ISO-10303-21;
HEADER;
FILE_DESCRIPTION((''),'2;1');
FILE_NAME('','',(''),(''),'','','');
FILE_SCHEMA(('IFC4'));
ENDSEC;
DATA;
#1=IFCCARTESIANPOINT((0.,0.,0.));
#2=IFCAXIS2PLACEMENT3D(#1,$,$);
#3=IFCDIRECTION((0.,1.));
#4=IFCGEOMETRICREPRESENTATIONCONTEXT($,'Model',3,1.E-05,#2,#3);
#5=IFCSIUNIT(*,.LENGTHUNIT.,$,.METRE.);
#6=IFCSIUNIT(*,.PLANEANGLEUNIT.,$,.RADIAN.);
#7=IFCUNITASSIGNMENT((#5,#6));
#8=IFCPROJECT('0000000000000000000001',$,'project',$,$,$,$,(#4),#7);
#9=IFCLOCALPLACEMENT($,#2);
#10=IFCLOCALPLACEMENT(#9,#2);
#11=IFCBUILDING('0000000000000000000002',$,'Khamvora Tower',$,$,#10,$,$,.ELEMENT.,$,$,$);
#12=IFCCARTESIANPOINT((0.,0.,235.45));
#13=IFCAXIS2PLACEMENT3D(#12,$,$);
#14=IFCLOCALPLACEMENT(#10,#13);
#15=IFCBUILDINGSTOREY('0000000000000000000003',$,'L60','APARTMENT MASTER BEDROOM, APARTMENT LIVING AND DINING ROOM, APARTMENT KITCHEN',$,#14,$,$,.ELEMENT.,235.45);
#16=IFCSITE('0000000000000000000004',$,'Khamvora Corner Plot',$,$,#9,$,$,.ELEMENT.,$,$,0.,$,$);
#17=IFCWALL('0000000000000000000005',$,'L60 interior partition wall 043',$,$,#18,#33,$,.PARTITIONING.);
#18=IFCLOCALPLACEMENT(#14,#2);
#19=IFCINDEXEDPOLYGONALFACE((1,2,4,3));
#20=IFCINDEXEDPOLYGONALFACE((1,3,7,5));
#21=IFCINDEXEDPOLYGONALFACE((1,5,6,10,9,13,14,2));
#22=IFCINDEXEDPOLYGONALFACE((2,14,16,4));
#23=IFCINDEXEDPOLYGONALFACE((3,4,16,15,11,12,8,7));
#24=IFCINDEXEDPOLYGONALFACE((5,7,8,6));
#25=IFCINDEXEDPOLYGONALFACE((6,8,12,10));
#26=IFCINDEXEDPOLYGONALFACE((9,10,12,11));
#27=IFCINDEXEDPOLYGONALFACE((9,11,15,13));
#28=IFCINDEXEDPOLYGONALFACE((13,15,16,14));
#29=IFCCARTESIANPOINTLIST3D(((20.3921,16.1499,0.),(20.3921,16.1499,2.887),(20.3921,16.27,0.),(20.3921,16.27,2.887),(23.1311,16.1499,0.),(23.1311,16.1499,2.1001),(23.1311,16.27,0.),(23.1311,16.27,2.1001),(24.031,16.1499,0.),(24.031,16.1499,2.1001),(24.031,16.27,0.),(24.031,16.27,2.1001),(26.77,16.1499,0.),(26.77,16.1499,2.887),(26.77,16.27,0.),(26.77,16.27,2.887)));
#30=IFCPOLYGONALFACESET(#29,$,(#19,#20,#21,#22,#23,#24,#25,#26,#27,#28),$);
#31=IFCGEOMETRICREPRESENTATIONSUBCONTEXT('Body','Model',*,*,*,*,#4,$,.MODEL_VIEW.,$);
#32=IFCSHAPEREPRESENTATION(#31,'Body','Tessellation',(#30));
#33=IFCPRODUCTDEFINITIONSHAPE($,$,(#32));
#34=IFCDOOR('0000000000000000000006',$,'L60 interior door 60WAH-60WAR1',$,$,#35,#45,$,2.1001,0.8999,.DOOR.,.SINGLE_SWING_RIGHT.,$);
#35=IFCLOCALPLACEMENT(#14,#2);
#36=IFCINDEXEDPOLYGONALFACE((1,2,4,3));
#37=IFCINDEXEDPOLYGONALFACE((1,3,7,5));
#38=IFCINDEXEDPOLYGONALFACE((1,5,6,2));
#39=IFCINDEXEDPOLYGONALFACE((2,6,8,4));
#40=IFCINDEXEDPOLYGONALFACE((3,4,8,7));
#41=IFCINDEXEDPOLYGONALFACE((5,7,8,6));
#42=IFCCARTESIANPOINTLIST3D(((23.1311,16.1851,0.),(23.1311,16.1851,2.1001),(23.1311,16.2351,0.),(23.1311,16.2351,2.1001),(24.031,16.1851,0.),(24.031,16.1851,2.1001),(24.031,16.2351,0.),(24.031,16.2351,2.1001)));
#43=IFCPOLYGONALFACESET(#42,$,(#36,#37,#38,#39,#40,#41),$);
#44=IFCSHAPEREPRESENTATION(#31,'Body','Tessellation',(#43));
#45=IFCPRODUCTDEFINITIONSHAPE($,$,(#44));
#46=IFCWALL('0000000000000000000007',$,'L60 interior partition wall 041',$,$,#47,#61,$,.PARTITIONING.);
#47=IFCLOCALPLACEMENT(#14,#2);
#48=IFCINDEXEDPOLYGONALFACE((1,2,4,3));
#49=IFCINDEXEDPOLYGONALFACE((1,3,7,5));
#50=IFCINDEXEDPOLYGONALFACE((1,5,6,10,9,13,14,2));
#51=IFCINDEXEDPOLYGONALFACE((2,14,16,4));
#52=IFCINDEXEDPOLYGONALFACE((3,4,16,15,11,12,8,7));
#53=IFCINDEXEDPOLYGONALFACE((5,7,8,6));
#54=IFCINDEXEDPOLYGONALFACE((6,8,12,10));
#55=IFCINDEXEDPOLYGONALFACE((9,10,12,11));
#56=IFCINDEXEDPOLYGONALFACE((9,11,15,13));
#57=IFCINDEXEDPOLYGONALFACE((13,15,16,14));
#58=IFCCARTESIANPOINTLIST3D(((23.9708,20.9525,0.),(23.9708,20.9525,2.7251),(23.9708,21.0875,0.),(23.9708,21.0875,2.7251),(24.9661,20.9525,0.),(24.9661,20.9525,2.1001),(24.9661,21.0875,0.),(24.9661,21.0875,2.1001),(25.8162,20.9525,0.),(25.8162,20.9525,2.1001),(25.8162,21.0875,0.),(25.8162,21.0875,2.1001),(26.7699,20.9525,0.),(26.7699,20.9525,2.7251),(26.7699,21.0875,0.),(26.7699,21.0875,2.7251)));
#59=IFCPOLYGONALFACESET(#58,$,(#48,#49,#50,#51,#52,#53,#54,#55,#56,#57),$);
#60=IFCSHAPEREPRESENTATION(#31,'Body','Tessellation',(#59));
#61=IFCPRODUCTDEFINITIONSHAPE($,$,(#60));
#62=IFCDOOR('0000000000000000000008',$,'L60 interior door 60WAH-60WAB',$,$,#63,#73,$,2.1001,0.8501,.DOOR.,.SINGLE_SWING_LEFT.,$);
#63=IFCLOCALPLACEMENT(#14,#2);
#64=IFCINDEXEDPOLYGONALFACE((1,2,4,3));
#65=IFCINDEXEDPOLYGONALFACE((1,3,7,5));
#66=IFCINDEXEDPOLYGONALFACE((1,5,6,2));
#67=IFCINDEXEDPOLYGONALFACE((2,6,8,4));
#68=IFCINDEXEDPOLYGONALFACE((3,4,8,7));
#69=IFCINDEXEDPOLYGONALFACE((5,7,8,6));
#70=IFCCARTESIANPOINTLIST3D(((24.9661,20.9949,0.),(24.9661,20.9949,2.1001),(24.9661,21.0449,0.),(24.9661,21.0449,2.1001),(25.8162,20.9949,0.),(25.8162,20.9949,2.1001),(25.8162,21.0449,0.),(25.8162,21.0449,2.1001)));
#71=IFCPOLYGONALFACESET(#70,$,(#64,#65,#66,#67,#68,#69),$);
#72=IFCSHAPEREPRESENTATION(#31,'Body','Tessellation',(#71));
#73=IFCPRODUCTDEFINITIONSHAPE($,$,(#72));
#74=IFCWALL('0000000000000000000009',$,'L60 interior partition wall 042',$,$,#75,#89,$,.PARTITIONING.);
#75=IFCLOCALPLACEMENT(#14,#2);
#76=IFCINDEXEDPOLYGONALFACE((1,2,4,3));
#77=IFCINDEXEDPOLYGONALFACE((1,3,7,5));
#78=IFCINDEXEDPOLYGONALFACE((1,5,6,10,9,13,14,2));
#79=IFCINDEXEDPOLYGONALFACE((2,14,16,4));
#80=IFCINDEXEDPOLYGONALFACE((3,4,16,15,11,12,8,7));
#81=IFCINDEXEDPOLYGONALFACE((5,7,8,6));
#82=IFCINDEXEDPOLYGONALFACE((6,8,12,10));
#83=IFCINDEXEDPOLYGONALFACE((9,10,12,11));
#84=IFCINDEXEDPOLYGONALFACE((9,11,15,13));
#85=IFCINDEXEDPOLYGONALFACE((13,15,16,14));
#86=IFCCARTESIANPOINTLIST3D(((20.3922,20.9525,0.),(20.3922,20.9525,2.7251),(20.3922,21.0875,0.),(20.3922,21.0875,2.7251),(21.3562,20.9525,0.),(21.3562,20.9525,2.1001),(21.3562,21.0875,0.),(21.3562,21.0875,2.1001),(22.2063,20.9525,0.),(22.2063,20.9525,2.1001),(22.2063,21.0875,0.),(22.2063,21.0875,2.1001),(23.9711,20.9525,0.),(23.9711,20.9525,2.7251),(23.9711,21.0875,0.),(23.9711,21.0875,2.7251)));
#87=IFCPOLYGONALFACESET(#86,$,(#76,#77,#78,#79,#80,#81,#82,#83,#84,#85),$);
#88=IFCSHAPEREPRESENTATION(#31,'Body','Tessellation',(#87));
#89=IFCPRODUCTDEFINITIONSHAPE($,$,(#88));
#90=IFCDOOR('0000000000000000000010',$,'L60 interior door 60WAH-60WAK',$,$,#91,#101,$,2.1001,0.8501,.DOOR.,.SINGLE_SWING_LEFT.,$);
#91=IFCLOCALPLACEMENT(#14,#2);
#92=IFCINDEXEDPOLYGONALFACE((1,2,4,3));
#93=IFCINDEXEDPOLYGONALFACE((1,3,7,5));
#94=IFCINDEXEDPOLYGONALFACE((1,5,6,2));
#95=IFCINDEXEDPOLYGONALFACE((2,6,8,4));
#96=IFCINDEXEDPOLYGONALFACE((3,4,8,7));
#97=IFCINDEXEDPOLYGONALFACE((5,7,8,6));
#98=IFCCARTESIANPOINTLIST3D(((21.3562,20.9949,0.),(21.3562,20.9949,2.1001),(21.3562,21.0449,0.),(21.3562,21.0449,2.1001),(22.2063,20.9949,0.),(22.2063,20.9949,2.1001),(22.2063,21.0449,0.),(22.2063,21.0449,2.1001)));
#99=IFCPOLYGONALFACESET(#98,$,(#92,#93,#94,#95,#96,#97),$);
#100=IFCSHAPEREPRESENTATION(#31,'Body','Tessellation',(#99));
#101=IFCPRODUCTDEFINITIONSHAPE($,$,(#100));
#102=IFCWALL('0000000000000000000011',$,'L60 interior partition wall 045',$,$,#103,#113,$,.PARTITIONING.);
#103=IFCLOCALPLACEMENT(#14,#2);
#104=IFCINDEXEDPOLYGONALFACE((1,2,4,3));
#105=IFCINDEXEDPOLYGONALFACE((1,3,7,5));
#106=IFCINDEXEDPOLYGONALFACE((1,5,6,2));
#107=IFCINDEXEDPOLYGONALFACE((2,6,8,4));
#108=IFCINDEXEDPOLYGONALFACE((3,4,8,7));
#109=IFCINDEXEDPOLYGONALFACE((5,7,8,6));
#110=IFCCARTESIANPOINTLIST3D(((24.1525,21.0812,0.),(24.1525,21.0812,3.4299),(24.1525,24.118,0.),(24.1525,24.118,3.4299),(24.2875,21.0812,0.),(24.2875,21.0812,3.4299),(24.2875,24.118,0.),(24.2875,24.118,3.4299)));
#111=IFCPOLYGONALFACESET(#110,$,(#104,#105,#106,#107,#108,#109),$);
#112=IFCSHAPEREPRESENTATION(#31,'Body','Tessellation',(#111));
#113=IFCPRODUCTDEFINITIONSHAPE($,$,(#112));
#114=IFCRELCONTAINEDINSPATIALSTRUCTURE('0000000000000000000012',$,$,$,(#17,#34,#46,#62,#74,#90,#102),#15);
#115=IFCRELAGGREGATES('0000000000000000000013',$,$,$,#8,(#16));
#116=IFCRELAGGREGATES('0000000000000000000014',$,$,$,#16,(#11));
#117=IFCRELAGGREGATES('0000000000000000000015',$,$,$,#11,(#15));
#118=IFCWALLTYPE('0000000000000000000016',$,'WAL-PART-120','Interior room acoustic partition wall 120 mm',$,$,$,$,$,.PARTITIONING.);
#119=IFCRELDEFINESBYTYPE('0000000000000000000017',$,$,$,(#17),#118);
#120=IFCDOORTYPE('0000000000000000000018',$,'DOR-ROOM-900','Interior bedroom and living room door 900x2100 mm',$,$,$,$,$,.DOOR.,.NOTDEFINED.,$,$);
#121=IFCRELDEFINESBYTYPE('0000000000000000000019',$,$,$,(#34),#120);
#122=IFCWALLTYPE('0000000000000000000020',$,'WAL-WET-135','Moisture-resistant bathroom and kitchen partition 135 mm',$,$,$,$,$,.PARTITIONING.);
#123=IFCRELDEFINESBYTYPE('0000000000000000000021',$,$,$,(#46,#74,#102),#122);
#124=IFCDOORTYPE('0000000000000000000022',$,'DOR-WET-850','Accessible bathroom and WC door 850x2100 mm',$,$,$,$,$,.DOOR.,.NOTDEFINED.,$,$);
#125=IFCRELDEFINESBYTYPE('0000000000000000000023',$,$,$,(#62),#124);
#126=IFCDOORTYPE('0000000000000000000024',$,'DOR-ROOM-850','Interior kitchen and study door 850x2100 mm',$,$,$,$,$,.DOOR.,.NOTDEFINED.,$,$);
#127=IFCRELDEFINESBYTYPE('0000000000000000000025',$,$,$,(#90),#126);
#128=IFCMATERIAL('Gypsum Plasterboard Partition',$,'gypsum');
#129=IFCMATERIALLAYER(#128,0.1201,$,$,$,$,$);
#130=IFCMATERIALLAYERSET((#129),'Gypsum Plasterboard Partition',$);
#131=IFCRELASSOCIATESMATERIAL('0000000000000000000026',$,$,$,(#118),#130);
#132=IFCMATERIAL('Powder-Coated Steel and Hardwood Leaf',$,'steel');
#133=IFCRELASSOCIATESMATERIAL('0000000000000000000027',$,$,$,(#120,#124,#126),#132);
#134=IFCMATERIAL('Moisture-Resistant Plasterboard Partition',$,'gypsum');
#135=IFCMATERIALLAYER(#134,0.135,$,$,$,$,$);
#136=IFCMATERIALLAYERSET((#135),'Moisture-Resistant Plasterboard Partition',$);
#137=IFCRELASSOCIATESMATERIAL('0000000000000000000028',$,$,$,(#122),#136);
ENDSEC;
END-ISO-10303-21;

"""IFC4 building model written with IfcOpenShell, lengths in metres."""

from ifc_helpers import new_model, si_unit, direction, frame, frame_2d, origin, place, context, subcontext, project, spatial, rectangle, extrude, material, layer, layer_set, type_object, element, fill, save


model = new_model("IFC4")

# Units and contexts
model_context = context("Model", 3, precision=1e-05, world=origin(), true_north=direction((0.0, 1.0)))
body_context = subcontext(model_context, "Body", "Model", "MODEL_VIEW")
ifc_project = project(units=[si_unit("LENGTHUNIT", "METRE"), si_unit("PLANEANGLEUNIT", "RADIAN")], contexts=[model_context])

# Site, building, storey
site_placement = place(None, origin())
site = spatial("IfcSite", under=ifc_project, at=site_placement, Name="Khamvora Corner Plot", CompositionType="ELEMENT", RefElevation=0.0)
building_placement = place(site_placement, origin())
building = spatial("IfcBuilding", under=site, at=building_placement, Name="Khamvora Tower", CompositionType="ELEMENT")
storey_placement = place(building_placement, frame((0.0, 0.0, 235.45)))
storey = spatial("IfcBuildingStorey", under=building, at=storey_placement, Name="L60", Description="APARTMENT MASTER BEDROOM, APARTMENT LIVING AND DINING ROOM, APARTMENT KITCHEN", CompositionType="ELEMENT", Elevation=235.45)

# Walls, openings, doors
ifc_material_1 = material(Name="Gypsum Plasterboard Partition", Category="gypsum")
ifc_layer_1 = layer(ifc_material_1, 0.1201)
ifc_layer_set_1 = layer_set([ifc_layer_1], Name="Gypsum Plasterboard Partition")
wall_type_1 = type_object("IfcWallType", Name="WAL-PART-120", Description="Interior room acoustic partition wall 120 mm", PredefinedType="PARTITIONING", material=ifc_layer_set_1)
wall_1_placement = place(storey_placement, frame((26.77, 16.21, 0.0), z_axis=(0.0, 0.0, 1.0), x_axis=(-1.0, 0.0, 0.0)))
wall_1 = element("IfcWall", 1, at=wall_1_placement, inside=storey, type_object=wall_type_1, Name="L60 interior partition wall 043", PredefinedType="PARTITIONING", context=body_context, shape_type="SweptSolid", body=[
    extrude(rectangle(XDim=6.3779, YDim=0.1201, at=frame_2d((3.189, 0.0))), origin(), (0.0, 0.0, 1.0), 2.887),
])
opening_1_placement = place(wall_1_placement, frame((2.739, 0.0, 0.0)))
opening_1 = element("IfcOpeningElement", 2, at=opening_1_placement, cuts=wall_1, PredefinedType="OPENING", context=body_context, shape_type="SweptSolid", body=[
    extrude(rectangle(XDim=0.8999, YDim=2.1001, at=frame_2d((0.45, 1.05))), frame((0.0, 0.0701, 0.0), z_axis=(0.0, -1.0, 0.0), x_axis=(1.0, 0.0, 0.0)), (0.0, 0.0, 1.0), 0.1401),
])
ifc_material_2 = material(Name="Powder-Coated Steel and Hardwood Leaf", Category="steel")
door_type_1 = type_object("IfcDoorType", Name="DOR-ROOM-900", Description="Interior bedroom and living room door 900x2100 mm", OperationType="NOTDEFINED", PredefinedType="DOOR", material=ifc_material_2)
door_1_placement = place(opening_1_placement, origin())
door_1 = element("IfcDoor", 3, at=door_1_placement, inside=storey, type_object=door_type_1, Name="L60 interior door 60WAH-60WAR1", OperationType="SINGLE_SWING_RIGHT", OverallHeight=2.1001, OverallWidth=0.8999, PredefinedType="DOOR", context=body_context, shape_type="SweptSolid", body=[
    extrude(rectangle(XDim=0.8999, YDim=2.1001, at=frame_2d((0.45, 1.05))), frame((0.0, 0.0249, 0.0), z_axis=(0.0, -1.0, 0.0), x_axis=(1.0, 0.0, 0.0)), (0.0, 0.0, 1.0), 0.05),
])
fill(opening_1, door_1)
ifc_material_3 = material(Name="Moisture-Resistant Plasterboard Partition", Category="gypsum")
ifc_layer_2 = layer(ifc_material_3, 0.135)
ifc_layer_set_2 = layer_set([ifc_layer_2], Name="Moisture-Resistant Plasterboard Partition")
wall_type_2 = type_object("IfcWallType", Name="WAL-WET-135", Description="Moisture-resistant bathroom and kitchen partition 135 mm", PredefinedType="PARTITIONING", material=ifc_layer_set_2)
wall_2_placement = place(storey_placement, frame((23.9709, 21.02, 0.0), z_axis=(0.0, 0.0, 1.0), x_axis=(1.0, 0.0, 0.0)))
wall_2 = element("IfcWall", 4, at=wall_2_placement, inside=storey, type_object=wall_type_2, Name="L60 interior partition wall 041", PredefinedType="PARTITIONING", context=body_context, shape_type="SweptSolid", body=[
    extrude(rectangle(XDim=2.7991, YDim=0.135, at=frame_2d((1.3994, 0.0))), origin(), (0.0, 0.0, 1.0), 2.7251),
])
opening_2_placement = place(wall_2_placement, frame((0.9951, 0.0, 0.0)))
opening_2 = element("IfcOpeningElement", 5, at=opening_2_placement, cuts=wall_2, PredefinedType="OPENING", context=body_context, shape_type="SweptSolid", body=[
    extrude(rectangle(XDim=0.8501, YDim=2.1001, at=frame_2d((0.425, 1.05))), frame((0.0, 0.0774, 0.0), z_axis=(0.0, -1.0, 0.0), x_axis=(1.0, 0.0, 0.0)), (0.0, 0.0, 1.0), 0.155),
])
door_type_2 = type_object("IfcDoorType", Name="DOR-WET-850", Description="Accessible bathroom and WC door 850x2100 mm", OperationType="NOTDEFINED", PredefinedType="DOOR", material=ifc_material_2)
door_2_placement = place(opening_2_placement, origin())
door_2 = element("IfcDoor", 6, at=door_2_placement, inside=storey, type_object=door_type_2, Name="L60 interior door 60WAH-60WAB", OperationType="SINGLE_SWING_LEFT", OverallHeight=2.1001, OverallWidth=0.8501, PredefinedType="DOOR", context=body_context, shape_type="SweptSolid", body=[
    extrude(rectangle(XDim=0.8501, YDim=2.1001, at=frame_2d((0.425, 1.05))), frame((0.0, 0.0249, 0.0), z_axis=(0.0, -1.0, 0.0), x_axis=(1.0, 0.0, 0.0)), (0.0, 0.0, 1.0), 0.05),
])
fill(opening_2, door_2)
wall_3_placement = place(storey_placement, frame((20.3921, 21.02, 0.0), z_axis=(0.0, 0.0, 1.0), x_axis=(1.0, 0.0, 0.0)))
wall_3 = element("IfcWall", 7, at=wall_3_placement, inside=storey, type_object=wall_type_2, Name="L60 interior partition wall 042", PredefinedType="PARTITIONING", context=body_context, shape_type="SweptSolid", body=[
    extrude(rectangle(XDim=3.5789, YDim=0.135, at=frame_2d((1.7896, 0.0))), origin(), (0.0, 0.0, 1.0), 2.7251),
])
opening_3_placement = place(wall_3_placement, frame((0.9641, 0.0, 0.0)))
opening_3 = element("IfcOpeningElement", 8, at=opening_3_placement, cuts=wall_3, PredefinedType="OPENING", context=body_context, shape_type="SweptSolid", body=[
    extrude(rectangle(XDim=0.8501, YDim=2.1001, at=frame_2d((0.425, 1.05))), frame((0.0, 0.0774, 0.0), z_axis=(0.0, -1.0, 0.0), x_axis=(1.0, 0.0, 0.0)), (0.0, 0.0, 1.0), 0.155),
])
door_type_3 = type_object("IfcDoorType", Name="DOR-ROOM-850", Description="Interior kitchen and study door 850x2100 mm", OperationType="NOTDEFINED", PredefinedType="DOOR", material=ifc_material_2)
door_3_placement = place(opening_3_placement, origin())
door_3 = element("IfcDoor", 9, at=door_3_placement, inside=storey, type_object=door_type_3, Name="L60 interior door 60WAH-60WAK", OperationType="SINGLE_SWING_LEFT", OverallHeight=2.1001, OverallWidth=0.8501, PredefinedType="DOOR", context=body_context, shape_type="SweptSolid", body=[
    extrude(rectangle(XDim=0.8501, YDim=2.1001, at=frame_2d((0.425, 1.05))), frame((0.0, 0.0249, 0.0), z_axis=(0.0, -1.0, 0.0), x_axis=(1.0, 0.0, 0.0)), (0.0, 0.0, 1.0), 0.05),
])
fill(opening_3, door_3)

# Wall
wall_4_placement = place(storey_placement, frame((24.22, 21.0811, 0.0), z_axis=(0.0, 0.0, 1.0), x_axis=(0.0, 1.0, 0.0)))
element("IfcWall", 10, at=wall_4_placement, inside=storey, type_object=wall_type_2, Name="L60 interior partition wall 045", PredefinedType="PARTITIONING", context=body_context, shape_type="SweptSolid", body=[
    extrude(rectangle(XDim=3.0369, YDim=0.135, at=frame_2d((1.5186, 0.0))), origin(), (0.0, 0.0, 1.0), 3.4299),
])

save(model, "model.ifc")
